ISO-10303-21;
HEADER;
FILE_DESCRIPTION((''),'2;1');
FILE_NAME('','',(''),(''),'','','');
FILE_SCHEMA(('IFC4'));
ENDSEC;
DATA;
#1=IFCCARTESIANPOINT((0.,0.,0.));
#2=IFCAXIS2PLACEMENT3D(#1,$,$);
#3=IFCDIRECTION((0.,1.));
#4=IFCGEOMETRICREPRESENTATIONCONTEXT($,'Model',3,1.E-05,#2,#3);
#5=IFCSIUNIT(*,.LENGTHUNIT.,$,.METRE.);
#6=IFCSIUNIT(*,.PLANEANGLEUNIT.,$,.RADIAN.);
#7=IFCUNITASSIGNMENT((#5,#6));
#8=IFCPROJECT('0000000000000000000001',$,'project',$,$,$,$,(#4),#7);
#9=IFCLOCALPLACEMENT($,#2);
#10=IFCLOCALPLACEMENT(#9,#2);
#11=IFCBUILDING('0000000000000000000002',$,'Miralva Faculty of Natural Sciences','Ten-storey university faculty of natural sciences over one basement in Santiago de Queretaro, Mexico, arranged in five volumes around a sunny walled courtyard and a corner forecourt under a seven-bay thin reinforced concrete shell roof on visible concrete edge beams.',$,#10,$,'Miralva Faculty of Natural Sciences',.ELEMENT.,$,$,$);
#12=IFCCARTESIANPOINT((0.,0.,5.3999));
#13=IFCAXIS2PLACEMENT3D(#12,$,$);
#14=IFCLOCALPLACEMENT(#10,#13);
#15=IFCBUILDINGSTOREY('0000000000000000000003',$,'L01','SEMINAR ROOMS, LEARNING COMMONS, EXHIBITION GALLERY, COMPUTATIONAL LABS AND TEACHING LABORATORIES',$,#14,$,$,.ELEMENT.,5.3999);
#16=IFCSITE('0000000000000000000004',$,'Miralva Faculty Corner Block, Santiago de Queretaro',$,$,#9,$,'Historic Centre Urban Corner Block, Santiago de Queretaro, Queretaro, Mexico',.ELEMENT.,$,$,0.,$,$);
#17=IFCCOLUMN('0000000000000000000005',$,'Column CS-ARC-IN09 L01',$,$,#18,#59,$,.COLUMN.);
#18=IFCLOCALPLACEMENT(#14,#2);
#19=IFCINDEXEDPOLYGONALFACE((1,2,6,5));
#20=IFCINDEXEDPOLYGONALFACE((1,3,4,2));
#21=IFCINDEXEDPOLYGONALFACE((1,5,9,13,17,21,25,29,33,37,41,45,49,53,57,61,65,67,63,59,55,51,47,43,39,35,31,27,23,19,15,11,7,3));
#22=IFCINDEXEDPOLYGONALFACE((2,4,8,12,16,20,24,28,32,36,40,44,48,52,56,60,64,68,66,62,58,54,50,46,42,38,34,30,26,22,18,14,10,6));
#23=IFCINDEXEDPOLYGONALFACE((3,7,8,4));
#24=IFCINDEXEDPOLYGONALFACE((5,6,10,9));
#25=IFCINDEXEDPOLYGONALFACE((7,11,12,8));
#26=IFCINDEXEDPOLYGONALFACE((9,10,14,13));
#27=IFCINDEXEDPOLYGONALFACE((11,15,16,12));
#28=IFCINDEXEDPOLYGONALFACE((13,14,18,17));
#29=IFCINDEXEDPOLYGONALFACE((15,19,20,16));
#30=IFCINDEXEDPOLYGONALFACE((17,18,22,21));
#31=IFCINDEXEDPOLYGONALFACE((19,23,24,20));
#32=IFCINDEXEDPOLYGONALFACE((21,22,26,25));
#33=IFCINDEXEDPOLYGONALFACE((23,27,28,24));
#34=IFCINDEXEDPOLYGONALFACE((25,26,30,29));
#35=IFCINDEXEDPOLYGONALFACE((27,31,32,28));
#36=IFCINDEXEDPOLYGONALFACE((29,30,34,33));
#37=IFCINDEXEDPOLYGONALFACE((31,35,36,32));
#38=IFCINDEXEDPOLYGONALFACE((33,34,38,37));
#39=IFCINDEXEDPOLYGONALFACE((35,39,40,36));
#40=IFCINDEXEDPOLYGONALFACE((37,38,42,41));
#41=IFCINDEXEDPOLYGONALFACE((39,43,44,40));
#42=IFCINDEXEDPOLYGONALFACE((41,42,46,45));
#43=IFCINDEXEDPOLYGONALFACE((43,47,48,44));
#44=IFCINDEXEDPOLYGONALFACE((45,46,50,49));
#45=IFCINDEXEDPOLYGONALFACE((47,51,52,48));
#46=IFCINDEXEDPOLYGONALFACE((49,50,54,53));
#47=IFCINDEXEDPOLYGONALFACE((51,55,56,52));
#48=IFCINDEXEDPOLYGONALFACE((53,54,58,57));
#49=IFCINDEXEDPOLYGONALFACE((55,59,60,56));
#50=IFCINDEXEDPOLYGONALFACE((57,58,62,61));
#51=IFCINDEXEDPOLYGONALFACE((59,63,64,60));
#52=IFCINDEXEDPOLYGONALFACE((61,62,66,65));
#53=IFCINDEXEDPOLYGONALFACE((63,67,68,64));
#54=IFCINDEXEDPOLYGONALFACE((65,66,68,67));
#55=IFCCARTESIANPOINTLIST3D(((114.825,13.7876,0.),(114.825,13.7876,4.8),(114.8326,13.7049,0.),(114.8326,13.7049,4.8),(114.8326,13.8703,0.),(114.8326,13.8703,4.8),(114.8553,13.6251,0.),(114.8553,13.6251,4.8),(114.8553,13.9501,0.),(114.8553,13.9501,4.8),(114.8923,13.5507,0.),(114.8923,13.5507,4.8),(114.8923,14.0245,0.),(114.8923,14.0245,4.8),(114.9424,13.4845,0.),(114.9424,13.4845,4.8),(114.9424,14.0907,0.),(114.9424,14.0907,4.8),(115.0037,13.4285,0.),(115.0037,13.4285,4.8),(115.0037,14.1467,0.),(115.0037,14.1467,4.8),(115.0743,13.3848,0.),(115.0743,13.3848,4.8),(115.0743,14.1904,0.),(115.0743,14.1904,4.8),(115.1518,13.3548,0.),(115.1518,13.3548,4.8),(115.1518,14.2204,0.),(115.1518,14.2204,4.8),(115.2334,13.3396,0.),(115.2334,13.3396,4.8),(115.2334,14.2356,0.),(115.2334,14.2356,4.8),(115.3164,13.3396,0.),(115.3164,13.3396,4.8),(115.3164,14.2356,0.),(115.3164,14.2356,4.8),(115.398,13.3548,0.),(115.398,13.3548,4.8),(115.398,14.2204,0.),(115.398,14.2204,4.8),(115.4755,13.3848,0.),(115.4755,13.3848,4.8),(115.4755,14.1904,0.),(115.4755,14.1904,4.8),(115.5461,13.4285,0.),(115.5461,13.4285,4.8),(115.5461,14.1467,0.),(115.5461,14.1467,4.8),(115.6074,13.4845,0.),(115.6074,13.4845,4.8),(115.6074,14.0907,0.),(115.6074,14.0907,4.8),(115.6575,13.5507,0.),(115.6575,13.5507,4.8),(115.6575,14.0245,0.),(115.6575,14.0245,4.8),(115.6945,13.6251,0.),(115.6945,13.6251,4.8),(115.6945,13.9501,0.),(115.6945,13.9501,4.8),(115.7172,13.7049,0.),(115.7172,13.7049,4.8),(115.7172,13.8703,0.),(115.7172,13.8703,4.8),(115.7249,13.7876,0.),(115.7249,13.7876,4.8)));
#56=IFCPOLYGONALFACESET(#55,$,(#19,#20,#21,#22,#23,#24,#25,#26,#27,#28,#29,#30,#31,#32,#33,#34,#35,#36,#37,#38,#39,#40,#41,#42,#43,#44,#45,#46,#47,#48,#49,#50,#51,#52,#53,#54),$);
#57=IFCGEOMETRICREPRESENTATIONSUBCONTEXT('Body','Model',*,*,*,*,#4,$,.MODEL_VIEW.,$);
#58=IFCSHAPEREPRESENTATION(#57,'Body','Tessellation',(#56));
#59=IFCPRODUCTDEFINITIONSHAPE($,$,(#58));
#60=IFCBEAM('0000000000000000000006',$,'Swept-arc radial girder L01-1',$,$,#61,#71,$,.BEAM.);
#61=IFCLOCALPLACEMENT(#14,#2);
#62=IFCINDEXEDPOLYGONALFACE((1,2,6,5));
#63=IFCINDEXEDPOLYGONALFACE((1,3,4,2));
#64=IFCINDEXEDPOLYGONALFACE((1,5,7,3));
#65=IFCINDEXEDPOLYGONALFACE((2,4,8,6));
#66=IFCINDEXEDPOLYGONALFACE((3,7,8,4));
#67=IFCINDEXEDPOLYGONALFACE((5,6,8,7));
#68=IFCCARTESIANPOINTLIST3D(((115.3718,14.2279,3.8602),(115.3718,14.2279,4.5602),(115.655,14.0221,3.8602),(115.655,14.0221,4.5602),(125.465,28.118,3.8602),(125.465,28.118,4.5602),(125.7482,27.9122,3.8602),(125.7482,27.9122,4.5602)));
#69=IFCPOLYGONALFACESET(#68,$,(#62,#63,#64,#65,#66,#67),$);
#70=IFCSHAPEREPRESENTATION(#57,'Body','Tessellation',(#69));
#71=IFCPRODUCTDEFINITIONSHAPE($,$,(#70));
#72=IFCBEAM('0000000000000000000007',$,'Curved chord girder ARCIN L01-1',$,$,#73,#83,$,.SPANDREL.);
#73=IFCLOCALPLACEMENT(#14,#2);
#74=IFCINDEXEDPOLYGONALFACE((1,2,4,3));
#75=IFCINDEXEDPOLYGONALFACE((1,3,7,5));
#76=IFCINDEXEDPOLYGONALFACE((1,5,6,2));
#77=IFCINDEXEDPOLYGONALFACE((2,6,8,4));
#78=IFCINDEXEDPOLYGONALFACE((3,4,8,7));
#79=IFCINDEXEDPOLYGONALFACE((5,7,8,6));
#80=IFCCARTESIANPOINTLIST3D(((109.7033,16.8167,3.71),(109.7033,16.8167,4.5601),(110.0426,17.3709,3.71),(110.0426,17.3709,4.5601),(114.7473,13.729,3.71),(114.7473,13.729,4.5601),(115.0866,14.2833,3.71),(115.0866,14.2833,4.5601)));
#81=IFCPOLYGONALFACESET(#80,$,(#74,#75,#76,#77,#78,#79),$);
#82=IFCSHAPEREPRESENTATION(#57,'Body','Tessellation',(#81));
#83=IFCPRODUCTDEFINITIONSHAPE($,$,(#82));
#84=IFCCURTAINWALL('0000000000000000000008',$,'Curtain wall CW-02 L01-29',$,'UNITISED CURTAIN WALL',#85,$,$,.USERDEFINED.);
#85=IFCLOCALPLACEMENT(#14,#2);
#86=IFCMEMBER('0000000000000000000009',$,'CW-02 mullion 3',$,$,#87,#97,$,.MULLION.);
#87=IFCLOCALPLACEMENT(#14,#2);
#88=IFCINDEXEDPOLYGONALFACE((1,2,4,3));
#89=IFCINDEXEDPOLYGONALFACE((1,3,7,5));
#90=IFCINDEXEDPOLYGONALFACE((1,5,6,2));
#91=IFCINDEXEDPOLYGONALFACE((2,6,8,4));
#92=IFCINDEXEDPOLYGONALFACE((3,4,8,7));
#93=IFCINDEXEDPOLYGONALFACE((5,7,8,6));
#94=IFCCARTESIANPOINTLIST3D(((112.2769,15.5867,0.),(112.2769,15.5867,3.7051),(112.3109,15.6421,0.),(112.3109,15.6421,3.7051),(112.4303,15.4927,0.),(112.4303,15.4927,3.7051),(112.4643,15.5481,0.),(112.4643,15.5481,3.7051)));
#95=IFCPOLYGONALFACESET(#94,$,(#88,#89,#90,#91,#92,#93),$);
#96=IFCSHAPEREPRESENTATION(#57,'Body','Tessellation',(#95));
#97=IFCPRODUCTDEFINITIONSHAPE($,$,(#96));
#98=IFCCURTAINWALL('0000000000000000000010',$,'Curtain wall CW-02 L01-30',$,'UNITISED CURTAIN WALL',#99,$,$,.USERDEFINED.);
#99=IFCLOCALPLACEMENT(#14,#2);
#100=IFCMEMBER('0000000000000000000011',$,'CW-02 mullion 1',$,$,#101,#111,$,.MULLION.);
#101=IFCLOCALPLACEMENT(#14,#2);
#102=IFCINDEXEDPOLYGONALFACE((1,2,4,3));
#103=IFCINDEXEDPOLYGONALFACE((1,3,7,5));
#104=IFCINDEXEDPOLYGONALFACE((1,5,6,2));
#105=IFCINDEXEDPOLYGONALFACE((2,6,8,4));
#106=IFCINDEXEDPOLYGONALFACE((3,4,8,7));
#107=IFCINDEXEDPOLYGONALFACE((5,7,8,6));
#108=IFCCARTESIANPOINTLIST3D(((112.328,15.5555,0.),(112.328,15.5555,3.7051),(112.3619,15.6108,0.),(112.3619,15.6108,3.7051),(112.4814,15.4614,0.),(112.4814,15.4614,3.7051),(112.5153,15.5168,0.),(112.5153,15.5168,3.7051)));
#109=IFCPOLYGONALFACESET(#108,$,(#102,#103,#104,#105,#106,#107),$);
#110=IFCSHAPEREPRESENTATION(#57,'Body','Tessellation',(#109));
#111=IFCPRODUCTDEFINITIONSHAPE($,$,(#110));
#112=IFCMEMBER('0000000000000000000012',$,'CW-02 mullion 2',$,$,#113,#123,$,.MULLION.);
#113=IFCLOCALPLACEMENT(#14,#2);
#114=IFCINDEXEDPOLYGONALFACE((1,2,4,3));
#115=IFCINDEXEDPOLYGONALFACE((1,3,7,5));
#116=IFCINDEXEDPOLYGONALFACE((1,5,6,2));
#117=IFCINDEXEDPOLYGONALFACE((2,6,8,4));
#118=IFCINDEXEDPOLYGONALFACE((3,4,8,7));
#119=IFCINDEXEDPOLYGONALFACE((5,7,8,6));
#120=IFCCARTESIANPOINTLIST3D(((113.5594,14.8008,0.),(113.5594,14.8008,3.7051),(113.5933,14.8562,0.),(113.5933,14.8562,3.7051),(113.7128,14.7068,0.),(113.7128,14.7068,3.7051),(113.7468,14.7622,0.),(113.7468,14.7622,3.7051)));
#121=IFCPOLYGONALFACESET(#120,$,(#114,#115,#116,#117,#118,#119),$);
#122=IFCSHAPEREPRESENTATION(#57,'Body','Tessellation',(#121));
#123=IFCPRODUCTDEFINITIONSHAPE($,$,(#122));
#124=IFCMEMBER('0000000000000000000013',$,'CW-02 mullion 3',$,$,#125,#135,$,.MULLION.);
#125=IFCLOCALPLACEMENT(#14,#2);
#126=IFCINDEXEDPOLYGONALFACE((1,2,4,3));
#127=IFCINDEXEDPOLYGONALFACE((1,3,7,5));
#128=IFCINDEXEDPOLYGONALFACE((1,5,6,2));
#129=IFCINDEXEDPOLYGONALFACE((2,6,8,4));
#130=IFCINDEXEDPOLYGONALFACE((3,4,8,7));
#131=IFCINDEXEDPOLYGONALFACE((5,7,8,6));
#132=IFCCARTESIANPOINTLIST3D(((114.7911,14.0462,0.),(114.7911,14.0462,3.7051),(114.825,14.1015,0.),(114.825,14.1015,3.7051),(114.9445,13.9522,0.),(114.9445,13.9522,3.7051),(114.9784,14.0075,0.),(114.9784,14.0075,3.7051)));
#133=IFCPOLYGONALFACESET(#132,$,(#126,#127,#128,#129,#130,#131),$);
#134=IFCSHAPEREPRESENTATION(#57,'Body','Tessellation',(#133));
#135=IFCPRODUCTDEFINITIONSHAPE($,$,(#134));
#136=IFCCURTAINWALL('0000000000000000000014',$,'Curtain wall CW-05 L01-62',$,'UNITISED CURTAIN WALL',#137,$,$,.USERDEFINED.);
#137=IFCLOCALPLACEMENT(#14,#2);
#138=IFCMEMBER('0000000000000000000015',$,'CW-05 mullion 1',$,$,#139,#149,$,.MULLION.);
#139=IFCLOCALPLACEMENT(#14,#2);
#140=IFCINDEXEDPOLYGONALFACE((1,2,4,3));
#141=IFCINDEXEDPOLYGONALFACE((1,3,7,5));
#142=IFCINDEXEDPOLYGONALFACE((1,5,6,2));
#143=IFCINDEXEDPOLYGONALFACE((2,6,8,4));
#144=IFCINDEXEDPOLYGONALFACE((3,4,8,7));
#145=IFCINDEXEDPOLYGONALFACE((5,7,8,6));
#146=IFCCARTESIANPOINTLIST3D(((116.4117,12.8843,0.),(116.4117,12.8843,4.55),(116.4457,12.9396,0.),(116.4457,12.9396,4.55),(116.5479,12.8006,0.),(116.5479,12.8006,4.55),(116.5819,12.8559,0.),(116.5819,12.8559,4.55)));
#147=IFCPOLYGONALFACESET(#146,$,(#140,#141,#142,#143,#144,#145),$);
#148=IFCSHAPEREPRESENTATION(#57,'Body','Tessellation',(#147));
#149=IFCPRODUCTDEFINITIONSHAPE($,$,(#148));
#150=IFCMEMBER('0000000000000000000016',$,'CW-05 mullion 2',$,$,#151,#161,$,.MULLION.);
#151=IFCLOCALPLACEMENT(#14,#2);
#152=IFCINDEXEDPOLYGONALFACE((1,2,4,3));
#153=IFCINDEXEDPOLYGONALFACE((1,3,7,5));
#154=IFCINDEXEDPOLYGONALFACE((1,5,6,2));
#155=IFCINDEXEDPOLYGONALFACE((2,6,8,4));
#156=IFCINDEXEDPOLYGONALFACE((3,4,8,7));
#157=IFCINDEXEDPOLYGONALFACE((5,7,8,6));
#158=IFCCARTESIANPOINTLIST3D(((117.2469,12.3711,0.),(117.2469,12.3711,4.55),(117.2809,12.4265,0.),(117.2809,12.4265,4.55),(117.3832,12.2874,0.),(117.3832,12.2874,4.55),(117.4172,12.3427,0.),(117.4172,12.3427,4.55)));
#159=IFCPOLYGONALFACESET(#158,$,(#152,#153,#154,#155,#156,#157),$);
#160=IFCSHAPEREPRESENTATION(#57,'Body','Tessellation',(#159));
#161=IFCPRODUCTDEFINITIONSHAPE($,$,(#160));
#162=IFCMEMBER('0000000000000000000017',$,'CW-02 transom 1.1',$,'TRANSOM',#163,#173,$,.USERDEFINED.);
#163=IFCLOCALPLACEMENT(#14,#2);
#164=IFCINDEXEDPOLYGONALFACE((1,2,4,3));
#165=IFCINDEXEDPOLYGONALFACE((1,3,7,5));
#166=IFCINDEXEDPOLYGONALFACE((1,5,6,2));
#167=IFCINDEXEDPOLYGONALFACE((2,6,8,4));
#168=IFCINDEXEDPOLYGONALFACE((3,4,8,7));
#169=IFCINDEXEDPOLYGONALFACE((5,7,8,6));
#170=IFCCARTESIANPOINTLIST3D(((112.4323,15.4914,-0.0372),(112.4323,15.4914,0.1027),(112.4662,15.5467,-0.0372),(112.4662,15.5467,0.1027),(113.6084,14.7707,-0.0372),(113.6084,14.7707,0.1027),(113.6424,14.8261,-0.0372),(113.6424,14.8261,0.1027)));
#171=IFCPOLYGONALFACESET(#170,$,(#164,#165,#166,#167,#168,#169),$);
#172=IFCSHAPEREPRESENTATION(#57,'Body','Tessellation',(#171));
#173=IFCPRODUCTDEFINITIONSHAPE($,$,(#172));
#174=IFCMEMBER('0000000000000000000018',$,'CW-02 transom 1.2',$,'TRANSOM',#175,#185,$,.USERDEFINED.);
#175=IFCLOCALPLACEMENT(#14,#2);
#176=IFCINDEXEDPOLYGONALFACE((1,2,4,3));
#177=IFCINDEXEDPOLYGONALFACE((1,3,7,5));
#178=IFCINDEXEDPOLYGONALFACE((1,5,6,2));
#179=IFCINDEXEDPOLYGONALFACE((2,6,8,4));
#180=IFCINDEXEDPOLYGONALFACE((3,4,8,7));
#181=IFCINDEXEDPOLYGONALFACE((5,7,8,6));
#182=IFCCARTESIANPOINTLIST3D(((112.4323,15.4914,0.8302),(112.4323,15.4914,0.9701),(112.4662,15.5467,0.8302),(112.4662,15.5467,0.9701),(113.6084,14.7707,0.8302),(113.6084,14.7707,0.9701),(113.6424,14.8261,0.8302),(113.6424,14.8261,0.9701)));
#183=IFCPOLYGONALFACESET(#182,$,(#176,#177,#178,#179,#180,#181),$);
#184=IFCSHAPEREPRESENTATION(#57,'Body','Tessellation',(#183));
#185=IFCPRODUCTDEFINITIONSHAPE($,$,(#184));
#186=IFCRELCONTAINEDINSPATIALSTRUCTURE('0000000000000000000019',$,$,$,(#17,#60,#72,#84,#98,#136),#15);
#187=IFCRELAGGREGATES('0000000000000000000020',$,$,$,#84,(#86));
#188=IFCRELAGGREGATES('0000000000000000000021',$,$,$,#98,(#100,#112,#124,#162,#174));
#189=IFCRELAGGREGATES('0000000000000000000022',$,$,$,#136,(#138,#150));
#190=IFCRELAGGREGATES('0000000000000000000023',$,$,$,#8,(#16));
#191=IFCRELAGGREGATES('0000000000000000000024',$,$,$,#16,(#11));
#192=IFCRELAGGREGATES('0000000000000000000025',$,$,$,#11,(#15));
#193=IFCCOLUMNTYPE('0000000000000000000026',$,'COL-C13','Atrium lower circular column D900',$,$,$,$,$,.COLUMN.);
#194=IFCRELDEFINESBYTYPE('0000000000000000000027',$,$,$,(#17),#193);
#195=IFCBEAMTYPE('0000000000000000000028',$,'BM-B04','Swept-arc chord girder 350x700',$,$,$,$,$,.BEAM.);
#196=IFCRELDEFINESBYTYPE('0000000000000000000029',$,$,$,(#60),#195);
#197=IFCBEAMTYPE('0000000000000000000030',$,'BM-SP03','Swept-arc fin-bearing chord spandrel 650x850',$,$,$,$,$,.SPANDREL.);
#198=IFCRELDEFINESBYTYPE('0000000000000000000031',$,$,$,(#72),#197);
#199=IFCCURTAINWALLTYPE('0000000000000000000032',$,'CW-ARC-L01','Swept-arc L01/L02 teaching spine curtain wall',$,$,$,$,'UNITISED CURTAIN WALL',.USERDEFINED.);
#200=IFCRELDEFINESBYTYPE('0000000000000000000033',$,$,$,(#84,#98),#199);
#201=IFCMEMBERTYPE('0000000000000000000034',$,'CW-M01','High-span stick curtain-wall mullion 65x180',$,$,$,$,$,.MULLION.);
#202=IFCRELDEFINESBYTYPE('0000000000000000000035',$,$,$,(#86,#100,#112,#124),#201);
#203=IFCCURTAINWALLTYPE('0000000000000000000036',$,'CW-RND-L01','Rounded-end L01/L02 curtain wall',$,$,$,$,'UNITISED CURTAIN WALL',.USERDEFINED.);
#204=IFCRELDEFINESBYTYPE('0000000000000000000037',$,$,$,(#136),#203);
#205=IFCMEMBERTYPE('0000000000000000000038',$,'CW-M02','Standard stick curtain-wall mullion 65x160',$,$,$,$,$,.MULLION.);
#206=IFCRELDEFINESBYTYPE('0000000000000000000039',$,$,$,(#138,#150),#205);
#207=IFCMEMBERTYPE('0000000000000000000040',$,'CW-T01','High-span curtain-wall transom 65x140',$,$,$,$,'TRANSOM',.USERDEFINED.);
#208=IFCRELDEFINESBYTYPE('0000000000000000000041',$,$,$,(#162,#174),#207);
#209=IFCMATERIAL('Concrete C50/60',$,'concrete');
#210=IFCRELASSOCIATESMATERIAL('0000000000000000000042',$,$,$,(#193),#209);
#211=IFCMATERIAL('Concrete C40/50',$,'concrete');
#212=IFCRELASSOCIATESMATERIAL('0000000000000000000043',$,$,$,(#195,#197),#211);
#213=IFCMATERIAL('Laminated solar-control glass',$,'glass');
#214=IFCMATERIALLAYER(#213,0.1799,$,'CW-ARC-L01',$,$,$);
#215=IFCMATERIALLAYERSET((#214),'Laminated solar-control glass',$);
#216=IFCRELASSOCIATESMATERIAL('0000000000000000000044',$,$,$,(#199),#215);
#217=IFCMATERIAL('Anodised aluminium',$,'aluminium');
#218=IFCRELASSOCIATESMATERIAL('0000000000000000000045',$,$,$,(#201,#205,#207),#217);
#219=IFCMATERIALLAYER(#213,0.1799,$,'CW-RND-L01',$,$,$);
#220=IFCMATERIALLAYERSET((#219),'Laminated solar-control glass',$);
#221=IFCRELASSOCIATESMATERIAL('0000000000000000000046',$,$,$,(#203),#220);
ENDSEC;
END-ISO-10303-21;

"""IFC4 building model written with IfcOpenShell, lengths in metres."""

from ifc_helpers import new_model, si_unit, direction, frame, origin, origin_2d, place, context, subcontext, project, spatial, rectangle, circle, extrude, material, layer, layer_set, material_profile, profile_set, type_object, element, aggregate, save


model = new_model("IFC4")

# Units and contexts
model_context = context("Model", 3, precision=1e-05, world=origin(), true_north=direction((0.0, 1.0)))
body_context = subcontext(model_context, "Body", "Model", "MODEL_VIEW")
ifc_project = project(units=[si_unit("LENGTHUNIT", "METRE"), si_unit("PLANEANGLEUNIT", "RADIAN")], contexts=[model_context])

# Site, building, storey
site_placement = place(None, origin())
site = spatial("IfcSite", under=ifc_project, at=site_placement, Name="Miralva Faculty Corner Block, Santiago de Queretaro", LongName="Historic Centre Urban Corner Block, Santiago de Queretaro, Queretaro, Mexico", CompositionType="ELEMENT", RefElevation=0.0)
building_placement = place(site_placement, origin())
building = spatial("IfcBuilding", under=site, at=building_placement, Name="Miralva Faculty of Natural Sciences", Description="Ten-storey university faculty of natural sciences over one basement in Santiago de Queretaro, Mexico, arranged in five volumes around a sunny walled courtyard and a corner forecourt under a seven-bay thin reinforced concrete shell roof on visible concrete edge beams.", LongName="Miralva Faculty of Natural Sciences", CompositionType="ELEMENT")
storey_placement = place(building_placement, frame((0.0, 0.0, 5.3999)))
storey = spatial("IfcBuildingStorey", under=building, at=storey_placement, Name="L01", Description="SEMINAR ROOMS, LEARNING COMMONS, EXHIBITION GALLERY, COMPUTATIONAL LABS AND TEACHING LABORATORIES", CompositionType="ELEMENT", Elevation=5.3999)

# Column
ifc_material_1 = material(Name="Concrete C50/60", Category="concrete")
ifc_material_profile_1 = material_profile(ifc_material_1, circle(Radius=0.45, at=origin_2d()), Name="RC DIA 900")
ifc_profile_set_1 = profile_set([ifc_material_profile_1], Name="Concrete C50/60")
column_type = type_object("IfcColumnType", Name="COL-C13", Description="Atrium lower circular column D900", PredefinedType="COLUMN", material=ifc_profile_set_1)
column_placement = place(storey_placement, frame((115.2749, 13.7876, 0.0), z_axis=(0.0, 0.0, 1.0), x_axis=(1.0, 0.0, 0.0)))
element("IfcColumn", 1, at=column_placement, inside=storey, type_object=column_type, Name="Column CS-ARC-IN09 L01", PredefinedType="COLUMN", context=body_context, shape_type="SweptSolid", body=[
    extrude(circle(Radius=0.45, at=origin_2d()), origin(), (0.0, 0.0, 1.0), 4.8),
])

# Beams
ifc_material_2 = material(Name="Concrete C40/50", Category="concrete")
ifc_material_profile_2 = material_profile(ifc_material_2, rectangle(XDim=0.3501, YDim=0.7, at=origin_2d()), Name="RC 350x700")
ifc_profile_set_2 = profile_set([ifc_material_profile_2], Name="Concrete C40/50")
beam_type_1 = type_object("IfcBeamType", Name="BM-B04", Description="Swept-arc chord girder 350x700", PredefinedType="BEAM", material=ifc_profile_set_2)
beam_1_placement = place(storey_placement, frame((115.5134, 14.125, 4.2102), z_axis=(0.587842, 0.808976, 0.0), x_axis=(-0.808976, 0.587842, 0.0)))
element("IfcBeam", 2, at=beam_1_placement, inside=storey, type_object=beam_type_1, Name="Swept-arc radial girder L01-1", PredefinedType="BEAM", context=body_context, shape_type="SweptSolid", body=[
    extrude(rectangle(XDim=0.3501, YDim=0.7, at=origin_2d()), origin(), (0.0, 0.0, 1.0), 17.1699),
])
ifc_material_profile_3 = material_profile(ifc_material_2, rectangle(XDim=0.6499, YDim=0.8501, at=origin_2d()), Name="RC 650x850")
ifc_profile_set_3 = profile_set([ifc_material_profile_3], Name="Concrete C40/50")
beam_type_2 = type_object("IfcBeamType", Name="BM-SP03", Description="Swept-arc fin-bearing chord spandrel 650x850", PredefinedType="SPANDREL", material=ifc_profile_set_3)
beam_2_placement = place(storey_placement, frame((114.917, 14.0061, 4.135), z_axis=(-0.852888, 0.522094, 0.0), x_axis=(-0.522094, -0.852888, 0.0)))
element("IfcBeam", 3, at=beam_2_placement, inside=storey, type_object=beam_type_2, Name="Curved chord girder ARCIN L01-1", PredefinedType="SPANDREL", context=body_context, shape_type="SweptSolid", body=[
    extrude(rectangle(XDim=0.6499, YDim=0.8501, at=origin_2d()), origin(), (0.0, 0.0, 1.0), 5.9141),
])

# Curtain wall, member
ifc_material_3 = material(Name="Laminated solar-control glass", Category="glass")
ifc_layer_1 = layer(ifc_material_3, 0.1799, Name="CW-ARC-L01")
ifc_layer_set_1 = layer_set([ifc_layer_1], Name="Laminated solar-control glass")
curtain_wall_type_1 = type_object("IfcCurtainWallType", Name="CW-ARC-L01", Description="Swept-arc L01/L02 teaching spine curtain wall", ElementType="UNITISED CURTAIN WALL", PredefinedType="USERDEFINED", material=ifc_layer_set_1)
curtain_wall_1_placement = place(storey_placement, origin())
curtain_wall_1 = element("IfcCurtainWall", 4, at=curtain_wall_1_placement, inside=storey, type_object=curtain_wall_type_1, Name="Curtain wall CW-02 L01-29", ObjectType="UNITISED CURTAIN WALL", PredefinedType="USERDEFINED")
ifc_material_4 = material(Name="Anodised aluminium", Category="aluminium")
ifc_material_profile_4 = material_profile(ifc_material_4, rectangle(XDim=0.0649, YDim=0.1799, at=origin_2d()), Name="MULLION 65x180")
ifc_profile_set_4 = profile_set([ifc_material_profile_4], Name="Anodised aluminium")
member_type_1 = type_object("IfcMemberType", Name="CW-M01", Description="High-span stick curtain-wall mullion 65x180", PredefinedType="MULLION", material=ifc_profile_set_4)
member_1_placement = place(storey_placement, frame((112.3706, 15.5674, 0.0), z_axis=(0.0, 0.0, 1.0), x_axis=(0.522483, 0.85265, 0.0)))
member_1 = element("IfcMember", 5, at=member_1_placement, type_object=member_type_1, Name="CW-02 mullion 3", PredefinedType="MULLION", context=body_context, shape_type="SweptSolid", body=[
    extrude(rectangle(XDim=0.0649, YDim=0.1799, at=origin_2d()), origin(), (0.0, 0.0, 1.0), 3.7051),
])

# Curtain walls, members
curtain_wall_2_placement = place(storey_placement, origin())
curtain_wall_2 = element("IfcCurtainWall", 6, at=curtain_wall_2_placement, inside=storey, type_object=curtain_wall_type_1, Name="Curtain wall CW-02 L01-30", ObjectType="UNITISED CURTAIN WALL", PredefinedType="USERDEFINED")
member_2_placement = place(storey_placement, frame((112.4216, 15.5361, 0.0), z_axis=(0.0, 0.0, 1.0), x_axis=(0.522489, 0.852646, 0.0)))
member_2 = element("IfcMember", 7, at=member_2_placement, type_object=member_type_1, Name="CW-02 mullion 1", PredefinedType="MULLION", context=body_context, shape_type="SweptSolid", body=[
    extrude(rectangle(XDim=0.0649, YDim=0.1799, at=origin_2d()), origin(), (0.0, 0.0, 1.0), 3.7051),
])
member_3_placement = place(storey_placement, frame((113.6531, 14.7815, 0.0), z_axis=(0.0, 0.0, 1.0), x_axis=(0.522489, 0.852646, 0.0)))
member_3 = element("IfcMember", 8, at=member_3_placement, type_object=member_type_1, Name="CW-02 mullion 2", PredefinedType="MULLION", context=body_context, shape_type="SweptSolid", body=[
    extrude(rectangle(XDim=0.0649, YDim=0.1799, at=origin_2d()), origin(), (0.0, 0.0, 1.0), 3.7051),
])
member_4_placement = place(storey_placement, frame((114.8848, 14.0269, 0.0), z_axis=(0.0, 0.0, 1.0), x_axis=(0.522489, 0.852646, 0.0)))
member_4 = element("IfcMember", 9, at=member_4_placement, type_object=member_type_1, Name="CW-02 mullion 3", PredefinedType="MULLION", context=body_context, shape_type="SweptSolid", body=[
    extrude(rectangle(XDim=0.0649, YDim=0.1799, at=origin_2d()), origin(), (0.0, 0.0, 1.0), 3.7051),
])
ifc_layer_2 = layer(ifc_material_3, 0.1799, Name="CW-RND-L01")
ifc_layer_set_2 = layer_set([ifc_layer_2], Name="Laminated solar-control glass")
curtain_wall_type_2 = type_object("IfcCurtainWallType", Name="CW-RND-L01", Description="Rounded-end L01/L02 curtain wall", ElementType="UNITISED CURTAIN WALL", PredefinedType="USERDEFINED", material=ifc_layer_set_2)
curtain_wall_3_placement = place(storey_placement, origin())
curtain_wall_3 = element("IfcCurtainWall", 10, at=curtain_wall_3_placement, inside=storey, type_object=curtain_wall_type_2, Name="Curtain wall CW-05 L01-62", ObjectType="UNITISED CURTAIN WALL", PredefinedType="USERDEFINED")
ifc_material_profile_5 = material_profile(ifc_material_4, rectangle(XDim=0.0649, YDim=0.1599, at=origin_2d()), Name="MULLION 65x160")
ifc_profile_set_5 = profile_set([ifc_material_profile_5], Name="Anodised aluminium")
member_type_2 = type_object("IfcMemberType", Name="CW-M02", Description="Standard stick curtain-wall mullion 65x160", PredefinedType="MULLION", material=ifc_profile_set_5)
member_5_placement = place(storey_placement, frame((116.4968, 12.8701, 0.0), z_axis=(0.0, 0.0, 1.0), x_axis=(0.523535, 0.852004, 0.0)))
member_5 = element("IfcMember", 11, at=member_5_placement, type_object=member_type_2, Name="CW-05 mullion 1", PredefinedType="MULLION", context=body_context, shape_type="SweptSolid", body=[
    extrude(rectangle(XDim=0.0649, YDim=0.1599, at=origin_2d()), origin(), (0.0, 0.0, 1.0), 4.55),
])
member_6_placement = place(storey_placement, frame((117.332, 12.3569, 0.0), z_axis=(0.0, 0.0, 1.0), x_axis=(0.523535, 0.852004, 0.0)))
member_6 = element("IfcMember", 12, at=member_6_placement, type_object=member_type_2, Name="CW-05 mullion 2", PredefinedType="MULLION", context=body_context, shape_type="SweptSolid", body=[
    extrude(rectangle(XDim=0.0649, YDim=0.1599, at=origin_2d()), origin(), (0.0, 0.0, 1.0), 4.55),
])

# Members
ifc_material_profile_6 = material_profile(ifc_material_4, rectangle(XDim=0.0649, YDim=0.1399, at=origin_2d()), Name="TRANSOM 65x140")
ifc_profile_set_6 = profile_set([ifc_material_profile_6], Name="Anodised aluminium")
member_type_3 = type_object("IfcMemberType", Name="CW-T01", Description="High-span curtain-wall transom 65x140", ElementType="TRANSOM", PredefinedType="USERDEFINED", material=ifc_profile_set_6)
member_7_placement = place(storey_placement, frame((112.4492, 15.519, 0.0327), z_axis=(0.852678, -0.522438, 0.0), x_axis=(0.522438, 0.852678, 0.0)))
member_7 = element("IfcMember", 13, at=member_7_placement, type_object=member_type_3, Name="CW-02 transom 1.1", ObjectType="TRANSOM", PredefinedType="USERDEFINED", context=body_context, shape_type="SweptSolid", body=[
    extrude(rectangle(XDim=0.0649, YDim=0.1399, at=origin_2d()), origin(), (0.0, 0.0, 1.0), 1.3794),
])
member_8_placement = place(storey_placement, frame((112.4492, 15.519, 0.9001), z_axis=(0.852678, -0.522438, 0.0), x_axis=(0.522438, 0.852678, 0.0)))
member_8 = element("IfcMember", 14, at=member_8_placement, type_object=member_type_3, Name="CW-02 transom 1.2", ObjectType="TRANSOM", PredefinedType="USERDEFINED", context=body_context, shape_type="SweptSolid", body=[
    extrude(rectangle(XDim=0.0649, YDim=0.1399, at=origin_2d()), origin(), (0.0, 0.0, 1.0), 1.3794),
])

aggregate(curtain_wall_1, [member_1])
aggregate(curtain_wall_2, [member_2, member_3, member_4, member_7, member_8])
aggregate(curtain_wall_3, [member_5, member_6])

save(model, "model.ifc")
